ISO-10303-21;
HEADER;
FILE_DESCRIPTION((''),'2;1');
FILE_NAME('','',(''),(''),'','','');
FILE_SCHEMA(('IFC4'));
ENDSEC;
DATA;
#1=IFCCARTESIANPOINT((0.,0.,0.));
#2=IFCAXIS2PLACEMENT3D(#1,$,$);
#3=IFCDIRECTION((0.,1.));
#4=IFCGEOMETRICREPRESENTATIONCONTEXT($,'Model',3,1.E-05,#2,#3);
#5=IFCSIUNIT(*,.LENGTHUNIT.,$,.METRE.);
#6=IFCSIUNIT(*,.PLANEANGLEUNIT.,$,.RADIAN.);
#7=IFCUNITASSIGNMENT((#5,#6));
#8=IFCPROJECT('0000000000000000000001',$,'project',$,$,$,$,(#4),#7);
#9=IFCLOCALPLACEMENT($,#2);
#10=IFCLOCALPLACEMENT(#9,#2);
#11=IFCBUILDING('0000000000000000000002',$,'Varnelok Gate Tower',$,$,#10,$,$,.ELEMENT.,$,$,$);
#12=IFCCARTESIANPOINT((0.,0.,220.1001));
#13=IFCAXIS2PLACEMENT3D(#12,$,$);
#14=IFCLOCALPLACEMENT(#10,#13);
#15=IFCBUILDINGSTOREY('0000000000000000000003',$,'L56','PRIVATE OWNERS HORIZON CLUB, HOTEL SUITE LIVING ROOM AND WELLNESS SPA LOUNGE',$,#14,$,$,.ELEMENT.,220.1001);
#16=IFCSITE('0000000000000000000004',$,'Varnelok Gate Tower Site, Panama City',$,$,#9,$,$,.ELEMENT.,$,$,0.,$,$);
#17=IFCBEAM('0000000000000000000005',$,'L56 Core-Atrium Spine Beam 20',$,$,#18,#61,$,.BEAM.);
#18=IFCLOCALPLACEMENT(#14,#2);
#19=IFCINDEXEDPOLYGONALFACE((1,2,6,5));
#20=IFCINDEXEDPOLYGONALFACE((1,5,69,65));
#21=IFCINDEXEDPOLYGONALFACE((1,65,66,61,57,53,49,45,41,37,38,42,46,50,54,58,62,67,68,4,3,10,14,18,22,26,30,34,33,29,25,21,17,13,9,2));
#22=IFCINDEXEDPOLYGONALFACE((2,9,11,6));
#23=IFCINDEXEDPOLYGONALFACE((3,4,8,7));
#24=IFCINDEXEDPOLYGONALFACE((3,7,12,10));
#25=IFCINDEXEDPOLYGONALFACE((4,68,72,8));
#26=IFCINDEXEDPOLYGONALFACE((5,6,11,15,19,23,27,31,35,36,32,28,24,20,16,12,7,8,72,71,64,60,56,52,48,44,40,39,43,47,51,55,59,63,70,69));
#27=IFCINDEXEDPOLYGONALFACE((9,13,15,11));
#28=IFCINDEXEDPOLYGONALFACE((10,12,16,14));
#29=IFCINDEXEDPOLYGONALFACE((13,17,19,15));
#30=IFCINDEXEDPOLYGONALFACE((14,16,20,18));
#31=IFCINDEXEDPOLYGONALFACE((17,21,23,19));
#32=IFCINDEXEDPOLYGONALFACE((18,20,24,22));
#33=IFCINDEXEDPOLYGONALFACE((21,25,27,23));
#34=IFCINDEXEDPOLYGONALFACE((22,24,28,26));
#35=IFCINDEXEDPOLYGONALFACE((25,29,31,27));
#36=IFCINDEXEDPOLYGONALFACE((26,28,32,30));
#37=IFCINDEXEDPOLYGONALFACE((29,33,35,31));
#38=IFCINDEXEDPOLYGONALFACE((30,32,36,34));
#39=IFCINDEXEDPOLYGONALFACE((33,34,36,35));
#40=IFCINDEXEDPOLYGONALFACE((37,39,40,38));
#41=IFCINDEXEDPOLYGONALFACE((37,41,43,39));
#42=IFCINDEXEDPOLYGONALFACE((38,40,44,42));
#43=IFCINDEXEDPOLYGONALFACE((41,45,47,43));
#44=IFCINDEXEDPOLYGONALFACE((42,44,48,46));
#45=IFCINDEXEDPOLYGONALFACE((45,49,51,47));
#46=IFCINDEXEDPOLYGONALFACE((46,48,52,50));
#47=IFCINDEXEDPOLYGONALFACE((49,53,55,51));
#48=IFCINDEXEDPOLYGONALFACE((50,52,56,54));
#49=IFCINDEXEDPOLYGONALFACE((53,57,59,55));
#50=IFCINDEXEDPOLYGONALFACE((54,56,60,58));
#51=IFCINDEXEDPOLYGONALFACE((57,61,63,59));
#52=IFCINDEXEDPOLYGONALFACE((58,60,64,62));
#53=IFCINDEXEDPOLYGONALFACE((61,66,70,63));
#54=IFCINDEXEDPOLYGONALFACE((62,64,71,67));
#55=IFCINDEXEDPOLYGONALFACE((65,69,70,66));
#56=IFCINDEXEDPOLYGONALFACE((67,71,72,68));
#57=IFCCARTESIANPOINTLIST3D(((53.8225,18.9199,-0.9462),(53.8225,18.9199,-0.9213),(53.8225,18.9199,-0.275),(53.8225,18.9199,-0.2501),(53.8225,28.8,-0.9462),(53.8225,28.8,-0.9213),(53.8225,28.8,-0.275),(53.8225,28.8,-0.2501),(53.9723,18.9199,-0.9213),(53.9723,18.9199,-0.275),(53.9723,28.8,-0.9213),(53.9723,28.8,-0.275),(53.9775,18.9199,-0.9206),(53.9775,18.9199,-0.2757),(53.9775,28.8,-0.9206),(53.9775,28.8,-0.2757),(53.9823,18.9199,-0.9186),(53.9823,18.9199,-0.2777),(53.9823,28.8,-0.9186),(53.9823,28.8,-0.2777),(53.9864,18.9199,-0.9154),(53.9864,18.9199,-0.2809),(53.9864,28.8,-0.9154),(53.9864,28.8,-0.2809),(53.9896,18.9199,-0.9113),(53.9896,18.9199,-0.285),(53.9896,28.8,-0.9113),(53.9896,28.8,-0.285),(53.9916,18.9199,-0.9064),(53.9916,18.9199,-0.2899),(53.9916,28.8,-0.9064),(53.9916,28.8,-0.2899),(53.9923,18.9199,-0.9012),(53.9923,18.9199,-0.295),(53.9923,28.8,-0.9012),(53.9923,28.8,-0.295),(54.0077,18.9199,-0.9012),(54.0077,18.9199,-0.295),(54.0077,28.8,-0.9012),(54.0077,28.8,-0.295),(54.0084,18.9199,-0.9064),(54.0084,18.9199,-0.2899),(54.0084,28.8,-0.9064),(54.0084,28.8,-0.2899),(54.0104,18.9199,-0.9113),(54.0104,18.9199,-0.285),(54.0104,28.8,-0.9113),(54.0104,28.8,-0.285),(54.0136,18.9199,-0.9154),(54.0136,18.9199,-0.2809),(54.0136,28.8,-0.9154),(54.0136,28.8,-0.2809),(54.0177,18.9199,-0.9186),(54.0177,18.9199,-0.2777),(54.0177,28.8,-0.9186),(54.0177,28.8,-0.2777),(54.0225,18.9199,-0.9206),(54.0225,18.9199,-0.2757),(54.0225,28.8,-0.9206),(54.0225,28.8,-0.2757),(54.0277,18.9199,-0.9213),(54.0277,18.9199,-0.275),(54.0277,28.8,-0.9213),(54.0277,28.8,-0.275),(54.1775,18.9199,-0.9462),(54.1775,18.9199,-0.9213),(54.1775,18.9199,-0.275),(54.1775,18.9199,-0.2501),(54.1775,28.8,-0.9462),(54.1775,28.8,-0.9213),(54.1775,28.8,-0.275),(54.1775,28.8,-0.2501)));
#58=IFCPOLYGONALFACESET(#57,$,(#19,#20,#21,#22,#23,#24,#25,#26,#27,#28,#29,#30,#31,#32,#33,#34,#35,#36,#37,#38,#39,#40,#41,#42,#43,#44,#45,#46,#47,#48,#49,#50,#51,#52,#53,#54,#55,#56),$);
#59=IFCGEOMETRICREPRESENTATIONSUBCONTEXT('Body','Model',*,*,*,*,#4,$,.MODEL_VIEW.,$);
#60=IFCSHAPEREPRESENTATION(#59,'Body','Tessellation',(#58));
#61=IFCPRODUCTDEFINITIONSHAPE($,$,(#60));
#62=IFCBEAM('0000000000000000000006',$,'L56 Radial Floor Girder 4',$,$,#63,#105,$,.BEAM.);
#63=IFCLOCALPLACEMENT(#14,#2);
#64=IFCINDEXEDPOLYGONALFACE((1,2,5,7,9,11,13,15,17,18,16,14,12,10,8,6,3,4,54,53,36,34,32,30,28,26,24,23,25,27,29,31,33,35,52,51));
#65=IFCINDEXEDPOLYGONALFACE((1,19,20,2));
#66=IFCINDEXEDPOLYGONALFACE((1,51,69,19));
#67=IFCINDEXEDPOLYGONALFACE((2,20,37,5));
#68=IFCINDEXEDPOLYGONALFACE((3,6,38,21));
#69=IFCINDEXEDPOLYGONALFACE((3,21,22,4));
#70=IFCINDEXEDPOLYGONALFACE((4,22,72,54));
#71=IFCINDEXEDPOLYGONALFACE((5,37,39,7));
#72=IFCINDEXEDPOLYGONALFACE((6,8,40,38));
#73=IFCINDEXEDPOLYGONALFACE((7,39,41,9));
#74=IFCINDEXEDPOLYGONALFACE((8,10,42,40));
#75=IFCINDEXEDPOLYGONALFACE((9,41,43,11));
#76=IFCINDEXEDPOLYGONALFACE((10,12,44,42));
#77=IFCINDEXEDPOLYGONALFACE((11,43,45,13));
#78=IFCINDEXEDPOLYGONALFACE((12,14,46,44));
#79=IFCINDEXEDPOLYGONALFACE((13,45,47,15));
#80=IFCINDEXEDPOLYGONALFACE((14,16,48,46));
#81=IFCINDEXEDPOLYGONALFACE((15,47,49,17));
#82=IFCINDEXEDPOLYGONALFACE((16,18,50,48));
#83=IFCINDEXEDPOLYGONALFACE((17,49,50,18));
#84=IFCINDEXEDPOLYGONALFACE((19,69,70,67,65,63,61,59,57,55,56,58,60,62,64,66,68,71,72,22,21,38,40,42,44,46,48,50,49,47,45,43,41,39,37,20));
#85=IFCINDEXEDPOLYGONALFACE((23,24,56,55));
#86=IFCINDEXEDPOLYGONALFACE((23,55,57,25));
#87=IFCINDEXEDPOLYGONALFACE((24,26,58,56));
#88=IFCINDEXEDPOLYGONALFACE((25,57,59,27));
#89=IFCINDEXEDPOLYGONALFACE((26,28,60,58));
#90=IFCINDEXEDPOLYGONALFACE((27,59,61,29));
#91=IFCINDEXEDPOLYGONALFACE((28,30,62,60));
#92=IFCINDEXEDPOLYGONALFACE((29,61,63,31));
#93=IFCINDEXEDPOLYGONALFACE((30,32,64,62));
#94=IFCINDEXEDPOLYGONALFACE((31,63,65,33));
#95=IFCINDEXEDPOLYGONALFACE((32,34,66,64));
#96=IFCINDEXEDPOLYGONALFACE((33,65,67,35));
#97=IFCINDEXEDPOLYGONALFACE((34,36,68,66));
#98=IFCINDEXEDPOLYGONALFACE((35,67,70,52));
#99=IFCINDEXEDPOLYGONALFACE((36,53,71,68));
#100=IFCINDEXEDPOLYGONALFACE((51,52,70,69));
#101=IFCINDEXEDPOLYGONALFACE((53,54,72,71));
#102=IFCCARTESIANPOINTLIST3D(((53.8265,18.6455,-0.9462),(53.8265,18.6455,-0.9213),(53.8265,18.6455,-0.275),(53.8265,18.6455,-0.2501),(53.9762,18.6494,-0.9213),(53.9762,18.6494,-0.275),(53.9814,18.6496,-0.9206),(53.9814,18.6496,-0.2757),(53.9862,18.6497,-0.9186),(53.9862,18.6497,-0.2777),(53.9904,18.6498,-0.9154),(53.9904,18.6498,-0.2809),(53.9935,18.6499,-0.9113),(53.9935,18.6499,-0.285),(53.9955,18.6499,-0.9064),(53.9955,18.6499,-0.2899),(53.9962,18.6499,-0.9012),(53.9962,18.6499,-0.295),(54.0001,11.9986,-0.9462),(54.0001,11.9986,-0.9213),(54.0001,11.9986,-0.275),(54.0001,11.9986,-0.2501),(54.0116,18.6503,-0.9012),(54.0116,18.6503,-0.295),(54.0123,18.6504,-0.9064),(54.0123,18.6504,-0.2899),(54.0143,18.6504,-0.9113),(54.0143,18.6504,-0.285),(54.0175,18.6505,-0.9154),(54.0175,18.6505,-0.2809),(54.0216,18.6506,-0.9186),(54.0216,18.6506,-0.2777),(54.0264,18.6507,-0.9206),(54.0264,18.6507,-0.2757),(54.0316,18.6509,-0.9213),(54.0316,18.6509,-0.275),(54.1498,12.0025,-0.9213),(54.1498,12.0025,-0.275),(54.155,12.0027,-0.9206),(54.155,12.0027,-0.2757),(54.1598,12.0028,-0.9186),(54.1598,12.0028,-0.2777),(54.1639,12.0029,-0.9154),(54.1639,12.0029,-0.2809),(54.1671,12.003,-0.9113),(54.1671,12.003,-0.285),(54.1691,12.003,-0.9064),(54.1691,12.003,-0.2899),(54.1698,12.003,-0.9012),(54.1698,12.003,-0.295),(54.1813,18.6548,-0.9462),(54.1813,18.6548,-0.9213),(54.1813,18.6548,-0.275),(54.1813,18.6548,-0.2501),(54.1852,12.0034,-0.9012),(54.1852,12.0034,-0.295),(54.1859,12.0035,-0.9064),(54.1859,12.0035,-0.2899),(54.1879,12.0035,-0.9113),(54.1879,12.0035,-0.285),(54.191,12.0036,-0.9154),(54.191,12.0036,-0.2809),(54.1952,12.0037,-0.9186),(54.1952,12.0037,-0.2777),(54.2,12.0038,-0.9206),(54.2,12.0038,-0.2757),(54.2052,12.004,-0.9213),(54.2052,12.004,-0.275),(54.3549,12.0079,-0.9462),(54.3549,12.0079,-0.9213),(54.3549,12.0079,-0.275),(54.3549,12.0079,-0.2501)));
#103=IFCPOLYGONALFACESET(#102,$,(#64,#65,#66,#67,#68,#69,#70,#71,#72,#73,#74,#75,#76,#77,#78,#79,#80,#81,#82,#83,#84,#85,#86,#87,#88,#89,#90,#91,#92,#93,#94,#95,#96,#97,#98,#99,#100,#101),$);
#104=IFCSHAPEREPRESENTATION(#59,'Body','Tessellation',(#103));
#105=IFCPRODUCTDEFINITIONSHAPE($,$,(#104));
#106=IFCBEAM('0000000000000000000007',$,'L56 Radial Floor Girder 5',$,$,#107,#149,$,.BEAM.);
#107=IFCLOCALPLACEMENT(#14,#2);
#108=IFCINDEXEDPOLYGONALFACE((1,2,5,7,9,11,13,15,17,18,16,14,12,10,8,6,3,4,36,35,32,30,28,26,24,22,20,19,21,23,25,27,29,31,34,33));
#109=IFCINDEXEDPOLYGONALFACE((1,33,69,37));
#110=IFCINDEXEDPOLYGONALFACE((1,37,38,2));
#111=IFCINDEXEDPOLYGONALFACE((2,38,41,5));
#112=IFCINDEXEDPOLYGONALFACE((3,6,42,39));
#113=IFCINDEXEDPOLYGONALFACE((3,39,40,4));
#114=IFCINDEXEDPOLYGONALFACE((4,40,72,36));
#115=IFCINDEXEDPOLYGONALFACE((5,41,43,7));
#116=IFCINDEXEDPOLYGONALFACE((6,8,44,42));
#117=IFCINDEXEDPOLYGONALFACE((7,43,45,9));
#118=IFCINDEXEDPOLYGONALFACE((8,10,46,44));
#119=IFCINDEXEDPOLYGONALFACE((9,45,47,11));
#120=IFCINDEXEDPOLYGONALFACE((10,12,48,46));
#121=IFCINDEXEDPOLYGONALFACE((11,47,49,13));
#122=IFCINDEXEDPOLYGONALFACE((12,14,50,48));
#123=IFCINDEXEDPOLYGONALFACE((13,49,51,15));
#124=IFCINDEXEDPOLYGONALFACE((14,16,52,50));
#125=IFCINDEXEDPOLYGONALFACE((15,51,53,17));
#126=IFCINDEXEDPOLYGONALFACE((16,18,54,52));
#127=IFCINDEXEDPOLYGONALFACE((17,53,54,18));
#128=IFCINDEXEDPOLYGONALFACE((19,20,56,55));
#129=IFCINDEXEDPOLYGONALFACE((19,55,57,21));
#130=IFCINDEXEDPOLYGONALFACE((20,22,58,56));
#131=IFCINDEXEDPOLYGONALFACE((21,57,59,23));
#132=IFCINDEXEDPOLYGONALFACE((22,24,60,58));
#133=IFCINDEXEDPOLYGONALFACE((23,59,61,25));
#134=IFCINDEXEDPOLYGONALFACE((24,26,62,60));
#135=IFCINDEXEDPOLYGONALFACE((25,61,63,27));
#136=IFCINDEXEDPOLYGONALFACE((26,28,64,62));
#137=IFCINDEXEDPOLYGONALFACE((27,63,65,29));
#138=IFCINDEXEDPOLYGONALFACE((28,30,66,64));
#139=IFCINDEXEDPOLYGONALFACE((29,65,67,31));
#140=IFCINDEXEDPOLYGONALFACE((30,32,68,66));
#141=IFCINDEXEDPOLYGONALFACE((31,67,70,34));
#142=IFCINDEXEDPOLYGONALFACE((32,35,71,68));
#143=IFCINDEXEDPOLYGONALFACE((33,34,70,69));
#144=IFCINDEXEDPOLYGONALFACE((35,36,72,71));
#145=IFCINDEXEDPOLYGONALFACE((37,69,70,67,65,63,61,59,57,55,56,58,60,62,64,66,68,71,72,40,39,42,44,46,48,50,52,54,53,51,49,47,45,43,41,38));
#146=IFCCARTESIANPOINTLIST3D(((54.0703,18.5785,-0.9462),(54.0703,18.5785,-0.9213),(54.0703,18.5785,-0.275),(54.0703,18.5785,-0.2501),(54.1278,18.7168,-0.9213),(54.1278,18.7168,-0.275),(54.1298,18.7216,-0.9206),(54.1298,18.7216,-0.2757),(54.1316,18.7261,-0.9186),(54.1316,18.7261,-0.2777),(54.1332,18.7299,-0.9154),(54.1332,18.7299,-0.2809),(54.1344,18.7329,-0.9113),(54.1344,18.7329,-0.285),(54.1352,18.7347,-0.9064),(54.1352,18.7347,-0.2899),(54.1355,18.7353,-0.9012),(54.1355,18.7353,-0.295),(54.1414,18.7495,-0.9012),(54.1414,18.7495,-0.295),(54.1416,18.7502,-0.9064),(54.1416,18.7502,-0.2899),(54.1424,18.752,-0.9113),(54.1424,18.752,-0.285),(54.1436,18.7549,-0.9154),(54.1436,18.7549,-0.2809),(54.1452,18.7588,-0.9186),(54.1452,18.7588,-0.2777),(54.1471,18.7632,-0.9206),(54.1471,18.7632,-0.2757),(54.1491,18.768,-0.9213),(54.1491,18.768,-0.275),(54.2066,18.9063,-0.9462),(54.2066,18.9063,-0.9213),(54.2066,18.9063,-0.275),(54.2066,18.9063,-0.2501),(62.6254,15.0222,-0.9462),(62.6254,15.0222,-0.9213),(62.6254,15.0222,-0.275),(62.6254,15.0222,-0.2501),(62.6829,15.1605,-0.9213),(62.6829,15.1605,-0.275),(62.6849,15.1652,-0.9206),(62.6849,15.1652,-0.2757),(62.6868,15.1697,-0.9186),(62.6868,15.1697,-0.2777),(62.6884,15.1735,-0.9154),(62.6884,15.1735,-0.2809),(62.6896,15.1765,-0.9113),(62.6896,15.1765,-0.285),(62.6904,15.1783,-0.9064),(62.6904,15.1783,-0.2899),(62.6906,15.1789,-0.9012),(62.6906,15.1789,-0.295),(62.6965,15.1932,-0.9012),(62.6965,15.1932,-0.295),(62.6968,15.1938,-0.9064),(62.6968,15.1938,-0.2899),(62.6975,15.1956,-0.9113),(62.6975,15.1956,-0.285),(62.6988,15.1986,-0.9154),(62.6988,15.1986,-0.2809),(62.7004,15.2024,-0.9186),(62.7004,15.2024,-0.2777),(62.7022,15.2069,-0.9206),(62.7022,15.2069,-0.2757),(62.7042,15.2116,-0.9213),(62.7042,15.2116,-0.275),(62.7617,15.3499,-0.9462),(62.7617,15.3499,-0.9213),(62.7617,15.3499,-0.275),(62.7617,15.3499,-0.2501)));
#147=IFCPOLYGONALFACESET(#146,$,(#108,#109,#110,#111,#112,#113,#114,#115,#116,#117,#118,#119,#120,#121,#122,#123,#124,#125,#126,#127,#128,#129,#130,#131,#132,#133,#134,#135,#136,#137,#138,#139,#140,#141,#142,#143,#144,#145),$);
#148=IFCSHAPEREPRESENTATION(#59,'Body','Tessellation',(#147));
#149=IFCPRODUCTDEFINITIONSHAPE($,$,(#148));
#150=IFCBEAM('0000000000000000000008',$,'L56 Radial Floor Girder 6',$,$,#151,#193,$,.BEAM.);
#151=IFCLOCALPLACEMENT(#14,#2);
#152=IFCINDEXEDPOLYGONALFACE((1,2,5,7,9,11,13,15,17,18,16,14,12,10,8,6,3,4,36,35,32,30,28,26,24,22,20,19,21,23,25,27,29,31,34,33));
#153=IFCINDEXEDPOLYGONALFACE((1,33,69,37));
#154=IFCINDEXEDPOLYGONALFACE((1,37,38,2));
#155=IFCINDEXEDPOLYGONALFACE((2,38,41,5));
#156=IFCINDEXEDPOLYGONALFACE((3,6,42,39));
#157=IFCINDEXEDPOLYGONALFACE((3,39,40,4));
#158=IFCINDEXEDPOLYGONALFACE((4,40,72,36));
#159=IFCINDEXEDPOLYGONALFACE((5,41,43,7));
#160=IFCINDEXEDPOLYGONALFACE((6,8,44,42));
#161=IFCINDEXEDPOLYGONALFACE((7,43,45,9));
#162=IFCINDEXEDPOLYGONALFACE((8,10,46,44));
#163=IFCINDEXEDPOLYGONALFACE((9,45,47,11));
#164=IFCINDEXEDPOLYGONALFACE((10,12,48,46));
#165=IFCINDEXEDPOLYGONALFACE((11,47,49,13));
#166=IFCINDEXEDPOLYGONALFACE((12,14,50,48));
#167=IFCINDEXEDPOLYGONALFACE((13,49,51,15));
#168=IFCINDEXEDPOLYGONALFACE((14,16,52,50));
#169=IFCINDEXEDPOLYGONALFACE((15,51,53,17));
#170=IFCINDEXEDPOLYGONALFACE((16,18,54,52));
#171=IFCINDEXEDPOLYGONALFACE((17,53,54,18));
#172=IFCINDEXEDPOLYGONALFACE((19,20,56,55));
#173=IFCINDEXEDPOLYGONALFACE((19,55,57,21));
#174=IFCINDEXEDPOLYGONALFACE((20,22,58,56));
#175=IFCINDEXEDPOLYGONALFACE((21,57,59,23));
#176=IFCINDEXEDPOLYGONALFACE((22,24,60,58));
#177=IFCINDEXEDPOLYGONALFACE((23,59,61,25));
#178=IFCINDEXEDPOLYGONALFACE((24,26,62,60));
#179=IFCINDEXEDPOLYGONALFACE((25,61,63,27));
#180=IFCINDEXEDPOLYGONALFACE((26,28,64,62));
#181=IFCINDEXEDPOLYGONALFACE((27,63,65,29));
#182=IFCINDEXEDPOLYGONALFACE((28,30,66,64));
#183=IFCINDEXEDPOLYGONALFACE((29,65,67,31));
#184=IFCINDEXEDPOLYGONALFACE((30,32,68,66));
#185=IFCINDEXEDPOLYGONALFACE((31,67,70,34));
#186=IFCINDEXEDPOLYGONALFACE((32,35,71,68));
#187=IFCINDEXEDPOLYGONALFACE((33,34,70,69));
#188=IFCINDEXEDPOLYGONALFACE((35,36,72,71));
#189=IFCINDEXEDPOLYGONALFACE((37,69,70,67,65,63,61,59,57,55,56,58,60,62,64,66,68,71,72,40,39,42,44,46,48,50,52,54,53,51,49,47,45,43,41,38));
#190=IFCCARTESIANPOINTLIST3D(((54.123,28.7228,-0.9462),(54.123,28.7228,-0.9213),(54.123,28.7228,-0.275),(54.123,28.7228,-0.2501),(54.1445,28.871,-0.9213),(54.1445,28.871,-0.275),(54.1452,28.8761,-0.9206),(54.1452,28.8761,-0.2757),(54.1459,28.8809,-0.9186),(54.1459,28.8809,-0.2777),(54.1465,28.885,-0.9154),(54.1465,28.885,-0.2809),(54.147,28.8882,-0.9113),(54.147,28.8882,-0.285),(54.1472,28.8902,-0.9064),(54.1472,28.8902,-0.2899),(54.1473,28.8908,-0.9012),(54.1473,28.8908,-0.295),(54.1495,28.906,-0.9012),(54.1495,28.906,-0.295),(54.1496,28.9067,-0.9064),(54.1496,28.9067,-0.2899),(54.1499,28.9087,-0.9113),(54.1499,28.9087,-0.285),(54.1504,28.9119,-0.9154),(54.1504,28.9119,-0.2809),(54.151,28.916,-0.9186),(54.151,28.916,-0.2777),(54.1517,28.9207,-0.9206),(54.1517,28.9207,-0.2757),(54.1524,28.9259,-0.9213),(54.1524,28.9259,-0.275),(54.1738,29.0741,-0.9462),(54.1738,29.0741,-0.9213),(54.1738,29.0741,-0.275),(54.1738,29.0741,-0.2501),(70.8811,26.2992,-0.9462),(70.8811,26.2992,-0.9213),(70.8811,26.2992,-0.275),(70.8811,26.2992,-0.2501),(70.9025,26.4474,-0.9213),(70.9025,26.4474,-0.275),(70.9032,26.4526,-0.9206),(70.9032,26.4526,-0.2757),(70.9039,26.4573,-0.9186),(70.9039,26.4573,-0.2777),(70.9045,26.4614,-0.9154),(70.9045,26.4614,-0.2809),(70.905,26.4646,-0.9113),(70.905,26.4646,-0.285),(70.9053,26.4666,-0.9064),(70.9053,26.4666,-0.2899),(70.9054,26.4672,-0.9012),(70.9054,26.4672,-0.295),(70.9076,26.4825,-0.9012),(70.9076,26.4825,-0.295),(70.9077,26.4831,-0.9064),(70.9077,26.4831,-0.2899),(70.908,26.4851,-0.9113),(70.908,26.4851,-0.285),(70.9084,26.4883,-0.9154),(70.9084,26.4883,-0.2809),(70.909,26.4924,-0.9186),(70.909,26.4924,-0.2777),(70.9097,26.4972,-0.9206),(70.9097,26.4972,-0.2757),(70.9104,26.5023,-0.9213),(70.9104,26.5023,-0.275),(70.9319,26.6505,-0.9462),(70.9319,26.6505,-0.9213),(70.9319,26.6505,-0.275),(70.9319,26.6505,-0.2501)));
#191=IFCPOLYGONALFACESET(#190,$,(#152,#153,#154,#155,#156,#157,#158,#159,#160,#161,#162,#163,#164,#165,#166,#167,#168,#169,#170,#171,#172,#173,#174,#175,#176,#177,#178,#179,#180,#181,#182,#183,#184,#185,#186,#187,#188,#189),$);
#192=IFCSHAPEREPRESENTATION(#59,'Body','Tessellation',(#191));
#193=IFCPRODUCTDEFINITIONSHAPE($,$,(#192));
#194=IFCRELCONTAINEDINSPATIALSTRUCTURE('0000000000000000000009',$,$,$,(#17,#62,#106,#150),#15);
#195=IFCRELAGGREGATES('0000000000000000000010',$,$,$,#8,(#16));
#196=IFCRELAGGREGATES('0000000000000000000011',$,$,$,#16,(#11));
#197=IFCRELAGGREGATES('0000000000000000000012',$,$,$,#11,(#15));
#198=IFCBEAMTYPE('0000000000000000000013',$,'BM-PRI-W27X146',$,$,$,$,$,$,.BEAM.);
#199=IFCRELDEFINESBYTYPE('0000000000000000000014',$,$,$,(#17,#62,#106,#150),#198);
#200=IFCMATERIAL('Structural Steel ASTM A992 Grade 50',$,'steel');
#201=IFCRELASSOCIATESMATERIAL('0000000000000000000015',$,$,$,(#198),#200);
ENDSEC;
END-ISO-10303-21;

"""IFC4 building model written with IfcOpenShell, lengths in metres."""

from ifc_helpers import new_model, si_unit, direction, frame, origin, origin_2d, place, context, subcontext, project, spatial, i_section, extrude, material, material_profile, profile_set, type_object, element, save


model = new_model("IFC4")

# Units and contexts
model_context = context("Model", 3, precision=1e-05, world=origin(), true_north=direction((0.0, 1.0)))
body_context = subcontext(model_context, "Body", "Model", "MODEL_VIEW")
ifc_project = project(units=[si_unit("LENGTHUNIT", "METRE"), si_unit("PLANEANGLEUNIT", "RADIAN")], contexts=[model_context])

# Site, building, storey
site_placement = place(None, origin())
site = spatial("IfcSite", under=ifc_project, at=site_placement, Name="Varnelok Gate Tower Site, Panama City", CompositionType="ELEMENT", RefElevation=0.0)
building_placement = place(site_placement, origin())
building = spatial("IfcBuilding", under=site, at=building_placement, Name="Varnelok Gate Tower", CompositionType="ELEMENT")
storey_placement = place(building_placement, frame((0.0, 0.0, 220.1001)))
storey = spatial("IfcBuildingStorey", under=building, at=storey_placement, Name="L56", Description="PRIVATE OWNERS HORIZON CLUB, HOTEL SUITE LIVING ROOM AND WELLNESS SPA LOUNGE", CompositionType="ELEMENT", Elevation=220.1001)

# Shared definitions
ifc_material_1 = material(Name="Structural Steel ASTM A992 Grade 50", Category="steel")

# Beams
ifc_material_profile_1 = material_profile(ifc_material_1, i_section(OverallWidth=0.355, OverallDepth=0.696, WebThickness=0.0154, FlangeThickness=0.0249, FilletRadius=0.02, at=origin_2d()), Name="W27X146")
ifc_profile_set_1 = profile_set([ifc_material_profile_1], Name="Structural Steel ASTM A992 Grade 50")
beam_type_1 = type_object("IfcBeamType", Name="BM-PRI-W27X146", PredefinedType="BEAM", material=ifc_profile_set_1)
beam_1_placement = place(storey_placement, frame((54.0, 18.9199, -0.5981), z_axis=(0.0, 1.0, 0.0), x_axis=(-1.0, 0.0, 0.0)))
element("IfcBeam", 1, at=beam_1_placement, inside=storey, type_object=beam_type_1, Name="L56 Core-Atrium Spine Beam 20", PredefinedType="BEAM", context=body_context, shape_type="SweptSolid", body=[
    extrude(i_section(OverallWidth=0.355, OverallDepth=0.696, WebThickness=0.0154, FlangeThickness=0.0249, FilletRadius=0.02, at=origin_2d()), origin(), (0.0, 0.0, 1.0), 9.8801),
])
beam_2_placement = place(storey_placement, frame((54.0039, 18.6501, -0.5981), z_axis=(0.026106, -0.999659, 0.0), x_axis=(0.999659, 0.026106, 0.0)))
element("IfcBeam", 2, at=beam_2_placement, inside=storey, type_object=beam_type_1, Name="L56 Radial Floor Girder 4", PredefinedType="BEAM", context=body_context, shape_type="SweptSolid", body=[
    extrude(i_section(OverallWidth=0.355, OverallDepth=0.696, WebThickness=0.0154, FlangeThickness=0.0249, FilletRadius=0.02, at=origin_2d()), origin(), (0.0, 0.0, 1.0), 6.6492),
])
beam_3_placement = place(storey_placement, frame((54.1384, 18.7424, -0.5981), z_axis=(0.923393, -0.383856, 0.0), x_axis=(0.383856, 0.923393, 0.0)))
element("IfcBeam", 3, at=beam_3_placement, inside=storey, type_object=beam_type_1, Name="L56 Radial Floor Girder 5", PredefinedType="BEAM", context=body_context, shape_type="SweptSolid", body=[
    extrude(i_section(OverallWidth=0.355, OverallDepth=0.696, WebThickness=0.0154, FlangeThickness=0.0249, FilletRadius=0.02, at=origin_2d()), origin(), (0.0, 0.0, 1.0), 9.2649),
])
beam_4_placement = place(storey_placement, frame((54.1484, 28.8984, -0.5981), z_axis=(0.989703, -0.143133, 0.0), x_axis=(0.143133, 0.989703, 0.0)))
element("IfcBeam", 4, at=beam_4_placement, inside=storey, type_object=beam_type_1, Name="L56 Radial Floor Girder 6", PredefinedType="BEAM", context=body_context, shape_type="SweptSolid", body=[
    extrude(i_section(OverallWidth=0.355, OverallDepth=0.696, WebThickness=0.0154, FlangeThickness=0.0249, FilletRadius=0.02, at=origin_2d()), origin(), (0.0, 0.0, 1.0), 16.9324),
])

save(model, "model.ifc")
